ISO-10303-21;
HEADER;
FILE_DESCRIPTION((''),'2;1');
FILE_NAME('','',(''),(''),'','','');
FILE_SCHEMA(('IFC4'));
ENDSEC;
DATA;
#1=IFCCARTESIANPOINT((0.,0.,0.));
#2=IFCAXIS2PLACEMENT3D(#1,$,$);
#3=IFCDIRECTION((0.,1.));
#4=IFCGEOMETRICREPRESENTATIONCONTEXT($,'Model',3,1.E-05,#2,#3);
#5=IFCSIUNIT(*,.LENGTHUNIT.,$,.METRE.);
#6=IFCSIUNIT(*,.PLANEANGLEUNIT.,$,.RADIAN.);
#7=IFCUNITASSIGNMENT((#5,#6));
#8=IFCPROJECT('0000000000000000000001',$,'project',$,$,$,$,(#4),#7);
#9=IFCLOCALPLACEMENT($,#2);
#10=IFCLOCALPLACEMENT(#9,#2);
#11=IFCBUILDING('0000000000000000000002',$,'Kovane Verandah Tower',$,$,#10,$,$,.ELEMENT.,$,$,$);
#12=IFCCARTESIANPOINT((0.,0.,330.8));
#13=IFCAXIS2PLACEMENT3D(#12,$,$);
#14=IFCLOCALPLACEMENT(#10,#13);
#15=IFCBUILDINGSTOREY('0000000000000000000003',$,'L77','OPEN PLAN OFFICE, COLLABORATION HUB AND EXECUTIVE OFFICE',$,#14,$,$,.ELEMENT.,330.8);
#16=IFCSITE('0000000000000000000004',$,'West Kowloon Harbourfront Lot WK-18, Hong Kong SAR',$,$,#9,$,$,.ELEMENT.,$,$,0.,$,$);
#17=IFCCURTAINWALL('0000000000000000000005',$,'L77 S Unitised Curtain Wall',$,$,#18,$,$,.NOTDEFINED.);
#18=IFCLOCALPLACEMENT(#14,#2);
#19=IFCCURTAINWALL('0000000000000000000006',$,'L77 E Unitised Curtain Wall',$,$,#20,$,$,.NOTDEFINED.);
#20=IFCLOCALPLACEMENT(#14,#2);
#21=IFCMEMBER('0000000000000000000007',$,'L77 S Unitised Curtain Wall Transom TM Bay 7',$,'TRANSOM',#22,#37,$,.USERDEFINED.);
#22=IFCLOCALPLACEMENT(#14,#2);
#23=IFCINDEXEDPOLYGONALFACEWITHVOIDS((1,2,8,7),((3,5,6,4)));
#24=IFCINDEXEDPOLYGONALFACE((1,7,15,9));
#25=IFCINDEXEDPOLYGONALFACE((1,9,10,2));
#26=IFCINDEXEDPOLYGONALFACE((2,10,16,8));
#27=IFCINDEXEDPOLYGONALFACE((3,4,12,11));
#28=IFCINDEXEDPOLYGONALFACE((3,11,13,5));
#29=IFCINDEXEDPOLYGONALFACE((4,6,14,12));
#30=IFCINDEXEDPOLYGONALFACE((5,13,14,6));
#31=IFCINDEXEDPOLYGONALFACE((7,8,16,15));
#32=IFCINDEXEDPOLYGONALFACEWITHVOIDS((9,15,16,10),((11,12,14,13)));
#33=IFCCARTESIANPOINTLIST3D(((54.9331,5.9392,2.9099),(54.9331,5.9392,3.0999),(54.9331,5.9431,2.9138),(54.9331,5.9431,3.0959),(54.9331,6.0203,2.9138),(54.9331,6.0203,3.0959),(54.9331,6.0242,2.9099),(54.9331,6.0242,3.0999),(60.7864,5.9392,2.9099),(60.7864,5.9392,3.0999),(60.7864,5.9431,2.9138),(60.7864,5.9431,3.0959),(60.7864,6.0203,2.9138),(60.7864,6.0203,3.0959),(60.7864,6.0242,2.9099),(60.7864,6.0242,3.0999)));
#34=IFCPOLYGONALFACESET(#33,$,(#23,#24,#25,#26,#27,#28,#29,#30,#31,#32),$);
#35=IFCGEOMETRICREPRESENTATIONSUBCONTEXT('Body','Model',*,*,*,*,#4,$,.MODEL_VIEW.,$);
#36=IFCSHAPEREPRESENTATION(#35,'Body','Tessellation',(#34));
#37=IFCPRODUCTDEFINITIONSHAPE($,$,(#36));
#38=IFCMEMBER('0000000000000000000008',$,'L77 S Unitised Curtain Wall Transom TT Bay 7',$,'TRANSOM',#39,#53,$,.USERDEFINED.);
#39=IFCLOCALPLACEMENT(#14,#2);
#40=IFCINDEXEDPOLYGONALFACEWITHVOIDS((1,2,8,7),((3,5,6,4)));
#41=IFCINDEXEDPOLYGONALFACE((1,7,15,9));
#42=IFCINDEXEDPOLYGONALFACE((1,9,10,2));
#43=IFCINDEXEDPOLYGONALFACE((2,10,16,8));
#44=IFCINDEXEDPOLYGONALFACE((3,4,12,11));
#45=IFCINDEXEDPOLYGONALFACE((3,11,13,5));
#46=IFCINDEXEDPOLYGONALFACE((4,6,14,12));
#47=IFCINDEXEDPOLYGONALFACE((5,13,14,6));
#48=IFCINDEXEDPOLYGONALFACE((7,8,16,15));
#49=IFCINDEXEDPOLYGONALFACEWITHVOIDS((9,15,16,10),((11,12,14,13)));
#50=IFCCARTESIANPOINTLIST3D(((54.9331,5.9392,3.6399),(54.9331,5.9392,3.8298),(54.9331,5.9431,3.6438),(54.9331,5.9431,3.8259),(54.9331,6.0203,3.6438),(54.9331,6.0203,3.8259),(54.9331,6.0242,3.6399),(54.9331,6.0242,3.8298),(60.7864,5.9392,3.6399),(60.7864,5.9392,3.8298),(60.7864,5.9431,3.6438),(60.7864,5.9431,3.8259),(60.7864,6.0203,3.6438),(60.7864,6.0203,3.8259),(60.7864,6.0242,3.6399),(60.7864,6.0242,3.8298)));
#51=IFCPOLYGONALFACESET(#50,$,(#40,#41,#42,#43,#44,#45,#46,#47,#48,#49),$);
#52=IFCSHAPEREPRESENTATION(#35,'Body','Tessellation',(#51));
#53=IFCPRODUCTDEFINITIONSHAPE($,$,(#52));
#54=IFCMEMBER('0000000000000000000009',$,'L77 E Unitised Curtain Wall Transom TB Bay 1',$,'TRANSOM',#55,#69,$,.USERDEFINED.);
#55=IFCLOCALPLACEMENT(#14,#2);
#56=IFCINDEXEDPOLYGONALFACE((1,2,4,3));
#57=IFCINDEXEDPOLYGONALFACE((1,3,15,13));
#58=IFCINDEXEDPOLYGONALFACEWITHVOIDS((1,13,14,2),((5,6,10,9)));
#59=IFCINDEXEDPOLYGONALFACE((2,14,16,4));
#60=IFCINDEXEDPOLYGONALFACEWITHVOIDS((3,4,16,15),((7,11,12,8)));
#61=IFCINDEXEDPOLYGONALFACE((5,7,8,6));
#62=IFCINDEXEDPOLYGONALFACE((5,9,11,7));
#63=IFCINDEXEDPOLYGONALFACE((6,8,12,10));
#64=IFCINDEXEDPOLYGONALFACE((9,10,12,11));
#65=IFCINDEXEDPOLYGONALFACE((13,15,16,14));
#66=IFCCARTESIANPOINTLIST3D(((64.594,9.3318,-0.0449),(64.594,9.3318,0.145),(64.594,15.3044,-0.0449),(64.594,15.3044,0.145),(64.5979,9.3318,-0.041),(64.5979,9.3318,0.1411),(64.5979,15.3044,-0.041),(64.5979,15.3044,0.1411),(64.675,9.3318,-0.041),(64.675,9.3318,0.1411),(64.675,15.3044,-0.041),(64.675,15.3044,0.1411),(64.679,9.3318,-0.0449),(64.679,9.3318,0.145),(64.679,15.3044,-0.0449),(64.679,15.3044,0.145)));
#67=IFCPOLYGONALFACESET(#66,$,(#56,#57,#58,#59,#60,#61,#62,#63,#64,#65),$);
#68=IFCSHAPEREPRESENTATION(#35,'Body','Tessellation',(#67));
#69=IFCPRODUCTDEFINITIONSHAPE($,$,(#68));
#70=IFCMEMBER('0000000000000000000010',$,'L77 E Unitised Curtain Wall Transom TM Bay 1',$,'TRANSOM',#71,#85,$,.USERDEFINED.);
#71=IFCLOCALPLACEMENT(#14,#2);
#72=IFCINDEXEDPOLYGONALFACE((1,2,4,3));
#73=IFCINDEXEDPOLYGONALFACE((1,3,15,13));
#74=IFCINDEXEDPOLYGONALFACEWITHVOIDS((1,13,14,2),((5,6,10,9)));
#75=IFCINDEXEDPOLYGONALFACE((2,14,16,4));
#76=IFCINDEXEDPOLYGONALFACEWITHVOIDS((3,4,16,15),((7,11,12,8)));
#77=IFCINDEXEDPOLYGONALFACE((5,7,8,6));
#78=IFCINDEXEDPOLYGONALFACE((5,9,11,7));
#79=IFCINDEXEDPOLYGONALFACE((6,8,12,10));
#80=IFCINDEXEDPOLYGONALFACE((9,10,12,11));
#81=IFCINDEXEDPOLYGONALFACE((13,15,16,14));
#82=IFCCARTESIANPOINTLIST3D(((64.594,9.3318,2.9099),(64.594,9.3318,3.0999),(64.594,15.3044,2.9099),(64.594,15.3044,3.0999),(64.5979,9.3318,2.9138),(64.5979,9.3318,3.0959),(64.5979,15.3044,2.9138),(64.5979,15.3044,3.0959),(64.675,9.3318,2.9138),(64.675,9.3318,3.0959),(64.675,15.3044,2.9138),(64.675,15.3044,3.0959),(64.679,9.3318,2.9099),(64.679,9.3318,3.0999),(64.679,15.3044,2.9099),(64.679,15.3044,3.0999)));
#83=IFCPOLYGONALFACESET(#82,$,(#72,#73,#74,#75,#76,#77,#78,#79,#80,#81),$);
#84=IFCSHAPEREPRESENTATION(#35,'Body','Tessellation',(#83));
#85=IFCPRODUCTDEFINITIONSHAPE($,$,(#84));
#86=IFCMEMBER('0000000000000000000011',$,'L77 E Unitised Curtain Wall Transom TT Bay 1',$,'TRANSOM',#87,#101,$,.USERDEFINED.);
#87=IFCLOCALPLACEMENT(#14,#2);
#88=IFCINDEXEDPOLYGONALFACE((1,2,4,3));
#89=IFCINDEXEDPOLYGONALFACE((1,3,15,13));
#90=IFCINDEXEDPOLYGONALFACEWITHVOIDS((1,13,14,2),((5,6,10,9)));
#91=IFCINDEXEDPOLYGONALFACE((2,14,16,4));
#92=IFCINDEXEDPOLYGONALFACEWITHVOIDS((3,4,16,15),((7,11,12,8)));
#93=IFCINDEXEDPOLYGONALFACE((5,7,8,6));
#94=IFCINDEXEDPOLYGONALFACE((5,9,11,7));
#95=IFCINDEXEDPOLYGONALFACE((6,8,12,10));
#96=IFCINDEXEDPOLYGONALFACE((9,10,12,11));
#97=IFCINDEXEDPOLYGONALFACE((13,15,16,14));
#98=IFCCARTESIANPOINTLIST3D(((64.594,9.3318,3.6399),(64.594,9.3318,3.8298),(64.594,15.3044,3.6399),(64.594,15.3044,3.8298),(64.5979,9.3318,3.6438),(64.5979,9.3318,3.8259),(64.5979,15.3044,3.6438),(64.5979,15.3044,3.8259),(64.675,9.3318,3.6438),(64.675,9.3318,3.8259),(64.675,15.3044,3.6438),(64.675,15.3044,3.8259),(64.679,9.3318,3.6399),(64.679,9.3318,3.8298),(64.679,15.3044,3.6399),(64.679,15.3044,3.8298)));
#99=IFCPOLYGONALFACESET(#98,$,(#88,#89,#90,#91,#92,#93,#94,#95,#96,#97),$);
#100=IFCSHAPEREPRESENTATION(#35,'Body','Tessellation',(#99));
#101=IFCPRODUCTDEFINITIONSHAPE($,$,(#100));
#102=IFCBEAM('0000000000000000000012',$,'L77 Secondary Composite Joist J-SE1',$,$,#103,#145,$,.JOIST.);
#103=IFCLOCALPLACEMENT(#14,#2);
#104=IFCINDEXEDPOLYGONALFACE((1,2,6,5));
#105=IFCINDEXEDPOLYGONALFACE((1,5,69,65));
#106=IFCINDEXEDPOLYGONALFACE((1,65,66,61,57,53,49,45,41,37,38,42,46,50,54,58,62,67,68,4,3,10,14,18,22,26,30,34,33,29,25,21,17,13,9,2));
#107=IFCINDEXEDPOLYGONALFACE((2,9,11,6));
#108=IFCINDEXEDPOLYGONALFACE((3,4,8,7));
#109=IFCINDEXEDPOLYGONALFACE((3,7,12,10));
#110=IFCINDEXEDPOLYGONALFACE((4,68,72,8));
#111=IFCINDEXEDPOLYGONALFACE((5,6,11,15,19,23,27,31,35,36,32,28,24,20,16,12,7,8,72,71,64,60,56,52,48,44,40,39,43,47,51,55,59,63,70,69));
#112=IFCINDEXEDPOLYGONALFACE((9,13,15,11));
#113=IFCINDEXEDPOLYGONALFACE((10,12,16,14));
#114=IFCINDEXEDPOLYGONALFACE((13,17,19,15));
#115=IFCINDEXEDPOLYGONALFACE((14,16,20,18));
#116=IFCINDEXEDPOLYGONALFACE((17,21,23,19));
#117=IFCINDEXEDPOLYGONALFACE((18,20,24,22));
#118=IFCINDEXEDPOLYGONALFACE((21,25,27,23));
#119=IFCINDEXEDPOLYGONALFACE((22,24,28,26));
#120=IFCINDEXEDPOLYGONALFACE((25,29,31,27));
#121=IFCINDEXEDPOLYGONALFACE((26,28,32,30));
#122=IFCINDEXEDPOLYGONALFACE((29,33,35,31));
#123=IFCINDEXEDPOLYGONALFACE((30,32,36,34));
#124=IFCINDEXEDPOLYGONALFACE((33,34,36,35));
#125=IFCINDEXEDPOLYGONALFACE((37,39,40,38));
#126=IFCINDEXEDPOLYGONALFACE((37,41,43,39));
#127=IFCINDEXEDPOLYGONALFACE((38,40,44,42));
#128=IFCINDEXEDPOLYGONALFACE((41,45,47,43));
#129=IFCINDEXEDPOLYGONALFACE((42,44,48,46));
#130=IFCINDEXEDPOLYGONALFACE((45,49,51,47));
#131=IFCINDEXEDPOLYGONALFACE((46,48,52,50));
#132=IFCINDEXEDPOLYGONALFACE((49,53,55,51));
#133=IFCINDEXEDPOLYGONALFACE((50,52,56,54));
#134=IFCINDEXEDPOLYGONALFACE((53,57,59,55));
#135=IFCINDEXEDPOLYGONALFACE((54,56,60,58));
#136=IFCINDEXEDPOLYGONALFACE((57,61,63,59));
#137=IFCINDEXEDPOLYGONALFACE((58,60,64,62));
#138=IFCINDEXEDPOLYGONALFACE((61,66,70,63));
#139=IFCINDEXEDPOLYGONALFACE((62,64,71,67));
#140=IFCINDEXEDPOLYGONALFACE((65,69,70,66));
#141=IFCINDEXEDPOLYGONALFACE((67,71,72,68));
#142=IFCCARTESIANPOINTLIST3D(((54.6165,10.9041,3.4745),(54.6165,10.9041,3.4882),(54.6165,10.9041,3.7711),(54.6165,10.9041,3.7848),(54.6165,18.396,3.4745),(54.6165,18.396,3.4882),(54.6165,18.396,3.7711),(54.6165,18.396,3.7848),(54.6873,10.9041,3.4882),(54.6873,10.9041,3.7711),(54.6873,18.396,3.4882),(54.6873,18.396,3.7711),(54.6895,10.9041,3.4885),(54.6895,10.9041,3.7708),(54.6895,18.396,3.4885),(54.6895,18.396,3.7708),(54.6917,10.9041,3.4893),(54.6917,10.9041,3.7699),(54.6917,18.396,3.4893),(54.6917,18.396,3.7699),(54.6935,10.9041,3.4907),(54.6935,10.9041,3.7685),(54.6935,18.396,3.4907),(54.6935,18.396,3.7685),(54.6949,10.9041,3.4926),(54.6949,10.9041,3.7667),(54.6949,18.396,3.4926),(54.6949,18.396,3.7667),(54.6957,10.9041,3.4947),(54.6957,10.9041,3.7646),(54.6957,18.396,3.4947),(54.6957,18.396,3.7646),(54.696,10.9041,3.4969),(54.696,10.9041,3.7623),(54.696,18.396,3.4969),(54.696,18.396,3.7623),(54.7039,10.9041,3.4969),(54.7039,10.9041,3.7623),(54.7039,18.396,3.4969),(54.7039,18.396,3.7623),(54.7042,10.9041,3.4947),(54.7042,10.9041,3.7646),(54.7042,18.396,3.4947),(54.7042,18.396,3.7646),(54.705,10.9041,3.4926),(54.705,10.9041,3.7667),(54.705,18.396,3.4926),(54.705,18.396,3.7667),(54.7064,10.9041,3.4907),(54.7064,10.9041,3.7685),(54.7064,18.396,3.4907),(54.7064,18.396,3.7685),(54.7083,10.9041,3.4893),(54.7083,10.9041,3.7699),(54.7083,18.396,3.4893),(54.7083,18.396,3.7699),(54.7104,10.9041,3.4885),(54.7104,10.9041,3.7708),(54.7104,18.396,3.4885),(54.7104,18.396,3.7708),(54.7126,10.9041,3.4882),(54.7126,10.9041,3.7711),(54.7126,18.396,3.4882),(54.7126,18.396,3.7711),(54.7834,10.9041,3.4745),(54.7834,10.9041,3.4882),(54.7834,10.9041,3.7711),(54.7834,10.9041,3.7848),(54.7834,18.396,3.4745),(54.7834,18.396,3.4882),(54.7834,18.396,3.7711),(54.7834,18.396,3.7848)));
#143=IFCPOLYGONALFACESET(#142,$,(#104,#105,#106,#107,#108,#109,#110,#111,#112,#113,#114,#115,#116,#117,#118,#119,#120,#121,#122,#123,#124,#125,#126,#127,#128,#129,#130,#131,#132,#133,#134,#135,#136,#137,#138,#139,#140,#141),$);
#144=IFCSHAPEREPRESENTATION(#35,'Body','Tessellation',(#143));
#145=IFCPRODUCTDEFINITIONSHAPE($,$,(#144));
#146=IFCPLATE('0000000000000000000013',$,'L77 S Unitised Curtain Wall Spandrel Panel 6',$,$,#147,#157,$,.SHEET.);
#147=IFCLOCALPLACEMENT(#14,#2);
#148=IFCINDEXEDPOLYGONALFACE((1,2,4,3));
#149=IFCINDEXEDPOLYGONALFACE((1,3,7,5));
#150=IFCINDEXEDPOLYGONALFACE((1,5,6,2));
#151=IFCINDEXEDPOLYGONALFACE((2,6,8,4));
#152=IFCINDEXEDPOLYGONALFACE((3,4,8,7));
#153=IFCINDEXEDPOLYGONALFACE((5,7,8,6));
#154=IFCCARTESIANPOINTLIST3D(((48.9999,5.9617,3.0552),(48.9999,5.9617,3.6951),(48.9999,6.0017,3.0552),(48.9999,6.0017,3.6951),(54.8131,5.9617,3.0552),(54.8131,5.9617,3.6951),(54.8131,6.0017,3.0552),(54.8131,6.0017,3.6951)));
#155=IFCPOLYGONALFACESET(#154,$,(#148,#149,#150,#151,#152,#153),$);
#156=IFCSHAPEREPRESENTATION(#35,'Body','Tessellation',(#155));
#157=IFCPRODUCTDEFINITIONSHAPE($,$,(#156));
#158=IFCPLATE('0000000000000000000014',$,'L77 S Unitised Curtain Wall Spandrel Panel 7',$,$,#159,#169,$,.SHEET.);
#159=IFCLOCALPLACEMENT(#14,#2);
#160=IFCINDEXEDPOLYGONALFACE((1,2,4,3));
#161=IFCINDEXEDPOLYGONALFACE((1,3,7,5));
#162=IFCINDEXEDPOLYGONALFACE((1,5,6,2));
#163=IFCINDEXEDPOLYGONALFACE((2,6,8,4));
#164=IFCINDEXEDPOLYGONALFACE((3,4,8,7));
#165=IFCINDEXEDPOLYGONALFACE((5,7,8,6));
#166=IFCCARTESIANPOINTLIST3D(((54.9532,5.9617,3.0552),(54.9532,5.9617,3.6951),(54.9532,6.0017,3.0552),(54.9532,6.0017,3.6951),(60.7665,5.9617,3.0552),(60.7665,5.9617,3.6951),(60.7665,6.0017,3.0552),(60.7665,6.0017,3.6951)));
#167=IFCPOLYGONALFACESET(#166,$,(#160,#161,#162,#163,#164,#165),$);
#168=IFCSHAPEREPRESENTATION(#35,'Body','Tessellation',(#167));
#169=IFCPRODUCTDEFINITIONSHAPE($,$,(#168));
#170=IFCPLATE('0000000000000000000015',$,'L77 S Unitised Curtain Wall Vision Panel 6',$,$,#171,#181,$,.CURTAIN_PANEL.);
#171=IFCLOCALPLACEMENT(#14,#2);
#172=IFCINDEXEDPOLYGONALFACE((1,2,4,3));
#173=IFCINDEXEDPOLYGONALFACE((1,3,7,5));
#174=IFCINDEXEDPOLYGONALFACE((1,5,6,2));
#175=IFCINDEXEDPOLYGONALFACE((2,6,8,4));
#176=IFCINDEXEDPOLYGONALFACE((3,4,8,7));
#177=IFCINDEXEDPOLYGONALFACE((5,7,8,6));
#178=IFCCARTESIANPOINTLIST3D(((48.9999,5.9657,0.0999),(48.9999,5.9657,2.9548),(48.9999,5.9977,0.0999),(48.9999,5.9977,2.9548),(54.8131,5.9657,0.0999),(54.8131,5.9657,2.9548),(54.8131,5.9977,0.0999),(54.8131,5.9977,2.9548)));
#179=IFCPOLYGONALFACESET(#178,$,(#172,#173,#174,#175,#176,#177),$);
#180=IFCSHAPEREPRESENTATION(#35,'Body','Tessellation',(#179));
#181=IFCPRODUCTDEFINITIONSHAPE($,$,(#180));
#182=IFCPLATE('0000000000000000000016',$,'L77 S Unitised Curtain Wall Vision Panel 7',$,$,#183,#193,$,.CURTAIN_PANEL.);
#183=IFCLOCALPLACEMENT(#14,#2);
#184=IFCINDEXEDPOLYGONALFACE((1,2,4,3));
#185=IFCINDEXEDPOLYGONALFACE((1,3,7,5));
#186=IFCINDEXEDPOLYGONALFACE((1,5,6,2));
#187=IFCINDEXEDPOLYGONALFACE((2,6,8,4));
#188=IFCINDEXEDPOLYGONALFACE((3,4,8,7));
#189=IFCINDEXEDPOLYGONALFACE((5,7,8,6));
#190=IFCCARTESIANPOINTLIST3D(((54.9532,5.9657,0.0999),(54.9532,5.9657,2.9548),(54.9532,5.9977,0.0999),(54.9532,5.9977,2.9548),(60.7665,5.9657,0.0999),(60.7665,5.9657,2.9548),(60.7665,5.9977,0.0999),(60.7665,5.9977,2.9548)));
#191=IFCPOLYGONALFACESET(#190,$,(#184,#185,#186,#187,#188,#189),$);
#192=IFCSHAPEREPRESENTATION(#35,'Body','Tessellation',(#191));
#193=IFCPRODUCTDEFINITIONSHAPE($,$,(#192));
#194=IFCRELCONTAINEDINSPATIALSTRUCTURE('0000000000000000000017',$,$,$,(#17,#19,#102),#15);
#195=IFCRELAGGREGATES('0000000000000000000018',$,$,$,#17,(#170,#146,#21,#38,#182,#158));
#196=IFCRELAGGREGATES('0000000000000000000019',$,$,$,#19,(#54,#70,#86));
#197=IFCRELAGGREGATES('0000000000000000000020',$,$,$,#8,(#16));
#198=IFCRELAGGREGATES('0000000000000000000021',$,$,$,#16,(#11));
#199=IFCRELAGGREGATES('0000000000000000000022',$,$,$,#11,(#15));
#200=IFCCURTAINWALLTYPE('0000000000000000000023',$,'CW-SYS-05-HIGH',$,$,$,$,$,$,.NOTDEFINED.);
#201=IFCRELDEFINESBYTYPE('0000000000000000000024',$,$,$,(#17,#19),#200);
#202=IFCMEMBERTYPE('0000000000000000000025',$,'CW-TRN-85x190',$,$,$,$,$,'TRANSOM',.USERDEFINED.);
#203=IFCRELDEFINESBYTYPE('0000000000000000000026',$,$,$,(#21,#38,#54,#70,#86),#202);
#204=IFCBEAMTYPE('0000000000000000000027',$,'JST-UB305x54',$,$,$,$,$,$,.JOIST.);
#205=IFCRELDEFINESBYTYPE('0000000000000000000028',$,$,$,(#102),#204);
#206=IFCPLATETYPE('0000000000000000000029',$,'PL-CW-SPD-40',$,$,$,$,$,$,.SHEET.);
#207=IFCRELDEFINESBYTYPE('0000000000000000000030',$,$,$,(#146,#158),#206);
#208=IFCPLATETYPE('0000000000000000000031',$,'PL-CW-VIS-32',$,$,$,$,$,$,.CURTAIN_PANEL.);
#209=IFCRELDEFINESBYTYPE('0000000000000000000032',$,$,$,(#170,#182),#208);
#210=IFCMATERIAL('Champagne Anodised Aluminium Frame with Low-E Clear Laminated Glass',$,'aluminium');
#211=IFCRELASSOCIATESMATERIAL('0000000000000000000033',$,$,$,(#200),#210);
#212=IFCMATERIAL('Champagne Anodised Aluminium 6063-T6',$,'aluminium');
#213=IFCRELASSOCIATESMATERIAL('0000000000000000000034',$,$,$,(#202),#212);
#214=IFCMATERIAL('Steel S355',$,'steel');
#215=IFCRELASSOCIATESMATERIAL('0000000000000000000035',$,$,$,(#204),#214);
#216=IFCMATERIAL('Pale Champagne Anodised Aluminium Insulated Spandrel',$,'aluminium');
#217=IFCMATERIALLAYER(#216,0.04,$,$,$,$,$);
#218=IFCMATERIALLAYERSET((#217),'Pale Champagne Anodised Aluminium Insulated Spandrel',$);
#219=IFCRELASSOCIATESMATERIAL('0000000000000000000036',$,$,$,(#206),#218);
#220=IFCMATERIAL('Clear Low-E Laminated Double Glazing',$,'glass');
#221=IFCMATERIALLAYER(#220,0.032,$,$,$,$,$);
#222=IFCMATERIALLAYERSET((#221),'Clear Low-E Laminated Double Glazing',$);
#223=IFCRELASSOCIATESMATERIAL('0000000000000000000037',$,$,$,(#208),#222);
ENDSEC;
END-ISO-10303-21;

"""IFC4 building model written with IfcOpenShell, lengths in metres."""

from ifc_helpers import new_model, si_unit, direction, frame, origin, origin_2d, place, context, subcontext, project, spatial, rectangle, hollow_rectangle, i_section, extrude, material, layer, layer_set, material_profile, profile_set, type_object, element, aggregate, save


model = new_model("IFC4")

# Units and contexts
model_context = context("Model", 3, precision=1e-05, world=origin(), true_north=direction((0.0, 1.0)))
body_context = subcontext(model_context, "Body", "Model", "MODEL_VIEW")
ifc_project = project(units=[si_unit("LENGTHUNIT", "METRE"), si_unit("PLANEANGLEUNIT", "RADIAN")], contexts=[model_context])

# Site, building, storey
site_placement = place(None, origin())
site = spatial("IfcSite", under=ifc_project, at=site_placement, Name="West Kowloon Harbourfront Lot WK-18, Hong Kong SAR", CompositionType="ELEMENT", RefElevation=0.0)
building_placement = place(site_placement, origin())
building = spatial("IfcBuilding", under=site, at=building_placement, Name="Kovane Verandah Tower", CompositionType="ELEMENT")
storey_placement = place(building_placement, frame((0.0, 0.0, 330.8)))
storey = spatial("IfcBuildingStorey", under=building, at=storey_placement, Name="L77", Description="OPEN PLAN OFFICE, COLLABORATION HUB AND EXECUTIVE OFFICE", CompositionType="ELEMENT", Elevation=330.8)

# Shared definitions
ifc_material_1 = material(Name="Steel S355", Category="steel")

# Curtain wall
ifc_material_2 = material(Name="Champagne Anodised Aluminium Frame with Low-E Clear Laminated Glass", Category="aluminium")
curtain_wall_type = type_object("IfcCurtainWallType", Name="CW-SYS-05-HIGH", PredefinedType="NOTDEFINED", material=ifc_material_2)
curtain_wall_1_placement = place(storey_placement, origin())
curtain_wall_1 = element("IfcCurtainWall", 1, at=curtain_wall_1_placement, inside=storey, type_object=curtain_wall_type, Name="L77 S Unitised Curtain Wall", PredefinedType="NOTDEFINED")
ifc_material_3 = material(Name="Champagne Anodised Aluminium 6063-T6", Category="aluminium")

# Curtain wall
curtain_wall_2_placement = place(storey_placement, origin())
curtain_wall_2 = element("IfcCurtainWall", 2, at=curtain_wall_2_placement, inside=storey, type_object=curtain_wall_type, Name="L77 E Unitised Curtain Wall", PredefinedType="NOTDEFINED")

# Members
ifc_material_profile_1 = material_profile(ifc_material_3, hollow_rectangle(XDim=0.085, YDim=0.1899, WallThickness=0.0039, at=origin_2d()), Name="AL85x190x4")
ifc_profile_set_1 = profile_set([ifc_material_profile_1], Name="Champagne Anodised Aluminium 6063-T6")
member_type_1 = type_object("IfcMemberType", Name="CW-TRN-85x190", ElementType="TRANSOM", PredefinedType="USERDEFINED", material=ifc_profile_set_1)
member_1_placement = place(storey_placement, frame((54.9331, 5.9817, 3.0049), z_axis=(1.0, 0.0, 0.0), x_axis=(0.0, 1.0, 0.0)))
member_1 = element("IfcMember", 3, at=member_1_placement, type_object=member_type_1, Name="L77 S Unitised Curtain Wall Transom TM Bay 7", ObjectType="TRANSOM", PredefinedType="USERDEFINED", context=body_context, shape_type="SweptSolid", body=[
    extrude(hollow_rectangle(XDim=0.085, YDim=0.1899, WallThickness=0.0039, at=origin_2d()), origin(), (0.0, 0.0, 1.0), 5.8533),
])
member_2_placement = place(storey_placement, frame((54.9331, 5.9817, 3.7349), z_axis=(1.0, 0.0, 0.0), x_axis=(0.0, 1.0, 0.0)))
member_2 = element("IfcMember", 4, at=member_2_placement, type_object=member_type_1, Name="L77 S Unitised Curtain Wall Transom TT Bay 7", ObjectType="TRANSOM", PredefinedType="USERDEFINED", context=body_context, shape_type="SweptSolid", body=[
    extrude(hollow_rectangle(XDim=0.085, YDim=0.1899, WallThickness=0.0039, at=origin_2d()), origin(), (0.0, 0.0, 1.0), 5.8533),
])
member_3_placement = place(storey_placement, frame((64.6365, 9.3318, 0.05), z_axis=(0.0, 1.0, 0.0), x_axis=(-1.0, 0.0, 0.0)))
member_3 = element("IfcMember", 5, at=member_3_placement, type_object=member_type_1, Name="L77 E Unitised Curtain Wall Transom TB Bay 1", ObjectType="TRANSOM", PredefinedType="USERDEFINED", context=body_context, shape_type="SweptSolid", body=[
    extrude(hollow_rectangle(XDim=0.085, YDim=0.1899, WallThickness=0.0039, at=origin_2d()), origin(), (0.0, 0.0, 1.0), 5.9727),
])
member_4_placement = place(storey_placement, frame((64.6365, 9.3318, 3.0049), z_axis=(0.0, 1.0, 0.0), x_axis=(-1.0, 0.0, 0.0)))
member_4 = element("IfcMember", 6, at=member_4_placement, type_object=member_type_1, Name="L77 E Unitised Curtain Wall Transom TM Bay 1", ObjectType="TRANSOM", PredefinedType="USERDEFINED", context=body_context, shape_type="SweptSolid", body=[
    extrude(hollow_rectangle(XDim=0.085, YDim=0.1899, WallThickness=0.0039, at=origin_2d()), origin(), (0.0, 0.0, 1.0), 5.9727),
])
member_5_placement = place(storey_placement, frame((64.6365, 9.3318, 3.7349), z_axis=(0.0, 1.0, 0.0), x_axis=(-1.0, 0.0, 0.0)))
member_5 = element("IfcMember", 7, at=member_5_placement, type_object=member_type_1, Name="L77 E Unitised Curtain Wall Transom TT Bay 1", ObjectType="TRANSOM", PredefinedType="USERDEFINED", context=body_context, shape_type="SweptSolid", body=[
    extrude(hollow_rectangle(XDim=0.085, YDim=0.1899, WallThickness=0.0039, at=origin_2d()), origin(), (0.0, 0.0, 1.0), 5.9727),
])

# Beam
ifc_material_profile_2 = material_profile(ifc_material_1, i_section(OverallWidth=0.167, OverallDepth=0.3103, WebThickness=0.0078, FlangeThickness=0.0137, FilletRadius=0.0088, at=origin_2d()), Name="UB305x165x54")
ifc_profile_set_2 = profile_set([ifc_material_profile_2], Name="Steel S355")
beam_type_1 = type_object("IfcBeamType", Name="JST-UB305x54", PredefinedType="JOIST", material=ifc_profile_set_2)
beam_1_placement = place(storey_placement, frame((54.7, 10.9041, 3.6296), z_axis=(0.0, 1.0, 0.0), x_axis=(-1.0, 0.0, 0.0)))
element("IfcBeam", 8, at=beam_1_placement, inside=storey, type_object=beam_type_1, Name="L77 Secondary Composite Joist J-SE1", PredefinedType="JOIST", context=body_context, shape_type="SweptSolid", body=[
    extrude(i_section(OverallWidth=0.167, OverallDepth=0.3103, WebThickness=0.0078, FlangeThickness=0.0137, FilletRadius=0.0088, at=origin_2d()), origin(), (0.0, 0.0, 1.0), 7.4919),
])

# Plates
ifc_material_4 = material(Name="Pale Champagne Anodised Aluminium Insulated Spandrel", Category="aluminium")
ifc_layer_1 = layer(ifc_material_4, 0.04)
ifc_layer_set_1 = layer_set([ifc_layer_1], Name="Pale Champagne Anodised Aluminium Insulated Spandrel")
plate_type_1 = type_object("IfcPlateType", Name="PL-CW-SPD-40", PredefinedType="SHEET", material=ifc_layer_set_1)
plate_1_placement = place(storey_placement, frame((51.9065, 5.9817, 3.0552), z_axis=(0.0, 0.0, 1.0), x_axis=(1.0, 0.0, 0.0)))
plate_1 = element("IfcPlate", 9, at=plate_1_placement, type_object=plate_type_1, Name="L77 S Unitised Curtain Wall Spandrel Panel 6", PredefinedType="SHEET", context=body_context, shape_type="SweptSolid", body=[
    extrude(rectangle(XDim=5.8132, YDim=0.04, at=origin_2d()), origin(), (0.0, 0.0, 1.0), 0.6399),
])
plate_2_placement = place(storey_placement, frame((57.8599, 5.9817, 3.0552), z_axis=(0.0, 0.0, 1.0), x_axis=(1.0, 0.0, 0.0)))
plate_2 = element("IfcPlate", 10, at=plate_2_placement, type_object=plate_type_1, Name="L77 S Unitised Curtain Wall Spandrel Panel 7", PredefinedType="SHEET", context=body_context, shape_type="SweptSolid", body=[
    extrude(rectangle(XDim=5.8132, YDim=0.04, at=origin_2d()), origin(), (0.0, 0.0, 1.0), 0.6399),
])
ifc_material_5 = material(Name="Clear Low-E Laminated Double Glazing", Category="glass")
ifc_layer_2 = layer(ifc_material_5, 0.032)
ifc_layer_set_2 = layer_set([ifc_layer_2], Name="Clear Low-E Laminated Double Glazing")
plate_type_2 = type_object("IfcPlateType", Name="PL-CW-VIS-32", PredefinedType="CURTAIN_PANEL", material=ifc_layer_set_2)
plate_3_placement = place(storey_placement, frame((51.9065, 5.9817, 0.0999), z_axis=(0.0, 0.0, 1.0), x_axis=(1.0, 0.0, 0.0)))
plate_3 = element("IfcPlate", 11, at=plate_3_placement, type_object=plate_type_2, Name="L77 S Unitised Curtain Wall Vision Panel 6", PredefinedType="CURTAIN_PANEL", context=body_context, shape_type="SweptSolid", body=[
    extrude(rectangle(XDim=5.8132, YDim=0.032, at=origin_2d()), origin(), (0.0, 0.0, 1.0), 2.855),
])
plate_4_placement = place(storey_placement, frame((57.8599, 5.9817, 0.0999), z_axis=(0.0, 0.0, 1.0), x_axis=(1.0, 0.0, 0.0)))
plate_4 = element("IfcPlate", 12, at=plate_4_placement, type_object=plate_type_2, Name="L77 S Unitised Curtain Wall Vision Panel 7", PredefinedType="CURTAIN_PANEL", context=body_context, shape_type="SweptSolid", body=[
    extrude(rectangle(XDim=5.8132, YDim=0.032, at=origin_2d()), origin(), (0.0, 0.0, 1.0), 2.855),
])
aggregate(curtain_wall_1, [plate_3, plate_1, member_1, member_2, plate_4, plate_2])
aggregate(curtain_wall_2, [member_3, member_4, member_5])

save(model, "model.ifc")
